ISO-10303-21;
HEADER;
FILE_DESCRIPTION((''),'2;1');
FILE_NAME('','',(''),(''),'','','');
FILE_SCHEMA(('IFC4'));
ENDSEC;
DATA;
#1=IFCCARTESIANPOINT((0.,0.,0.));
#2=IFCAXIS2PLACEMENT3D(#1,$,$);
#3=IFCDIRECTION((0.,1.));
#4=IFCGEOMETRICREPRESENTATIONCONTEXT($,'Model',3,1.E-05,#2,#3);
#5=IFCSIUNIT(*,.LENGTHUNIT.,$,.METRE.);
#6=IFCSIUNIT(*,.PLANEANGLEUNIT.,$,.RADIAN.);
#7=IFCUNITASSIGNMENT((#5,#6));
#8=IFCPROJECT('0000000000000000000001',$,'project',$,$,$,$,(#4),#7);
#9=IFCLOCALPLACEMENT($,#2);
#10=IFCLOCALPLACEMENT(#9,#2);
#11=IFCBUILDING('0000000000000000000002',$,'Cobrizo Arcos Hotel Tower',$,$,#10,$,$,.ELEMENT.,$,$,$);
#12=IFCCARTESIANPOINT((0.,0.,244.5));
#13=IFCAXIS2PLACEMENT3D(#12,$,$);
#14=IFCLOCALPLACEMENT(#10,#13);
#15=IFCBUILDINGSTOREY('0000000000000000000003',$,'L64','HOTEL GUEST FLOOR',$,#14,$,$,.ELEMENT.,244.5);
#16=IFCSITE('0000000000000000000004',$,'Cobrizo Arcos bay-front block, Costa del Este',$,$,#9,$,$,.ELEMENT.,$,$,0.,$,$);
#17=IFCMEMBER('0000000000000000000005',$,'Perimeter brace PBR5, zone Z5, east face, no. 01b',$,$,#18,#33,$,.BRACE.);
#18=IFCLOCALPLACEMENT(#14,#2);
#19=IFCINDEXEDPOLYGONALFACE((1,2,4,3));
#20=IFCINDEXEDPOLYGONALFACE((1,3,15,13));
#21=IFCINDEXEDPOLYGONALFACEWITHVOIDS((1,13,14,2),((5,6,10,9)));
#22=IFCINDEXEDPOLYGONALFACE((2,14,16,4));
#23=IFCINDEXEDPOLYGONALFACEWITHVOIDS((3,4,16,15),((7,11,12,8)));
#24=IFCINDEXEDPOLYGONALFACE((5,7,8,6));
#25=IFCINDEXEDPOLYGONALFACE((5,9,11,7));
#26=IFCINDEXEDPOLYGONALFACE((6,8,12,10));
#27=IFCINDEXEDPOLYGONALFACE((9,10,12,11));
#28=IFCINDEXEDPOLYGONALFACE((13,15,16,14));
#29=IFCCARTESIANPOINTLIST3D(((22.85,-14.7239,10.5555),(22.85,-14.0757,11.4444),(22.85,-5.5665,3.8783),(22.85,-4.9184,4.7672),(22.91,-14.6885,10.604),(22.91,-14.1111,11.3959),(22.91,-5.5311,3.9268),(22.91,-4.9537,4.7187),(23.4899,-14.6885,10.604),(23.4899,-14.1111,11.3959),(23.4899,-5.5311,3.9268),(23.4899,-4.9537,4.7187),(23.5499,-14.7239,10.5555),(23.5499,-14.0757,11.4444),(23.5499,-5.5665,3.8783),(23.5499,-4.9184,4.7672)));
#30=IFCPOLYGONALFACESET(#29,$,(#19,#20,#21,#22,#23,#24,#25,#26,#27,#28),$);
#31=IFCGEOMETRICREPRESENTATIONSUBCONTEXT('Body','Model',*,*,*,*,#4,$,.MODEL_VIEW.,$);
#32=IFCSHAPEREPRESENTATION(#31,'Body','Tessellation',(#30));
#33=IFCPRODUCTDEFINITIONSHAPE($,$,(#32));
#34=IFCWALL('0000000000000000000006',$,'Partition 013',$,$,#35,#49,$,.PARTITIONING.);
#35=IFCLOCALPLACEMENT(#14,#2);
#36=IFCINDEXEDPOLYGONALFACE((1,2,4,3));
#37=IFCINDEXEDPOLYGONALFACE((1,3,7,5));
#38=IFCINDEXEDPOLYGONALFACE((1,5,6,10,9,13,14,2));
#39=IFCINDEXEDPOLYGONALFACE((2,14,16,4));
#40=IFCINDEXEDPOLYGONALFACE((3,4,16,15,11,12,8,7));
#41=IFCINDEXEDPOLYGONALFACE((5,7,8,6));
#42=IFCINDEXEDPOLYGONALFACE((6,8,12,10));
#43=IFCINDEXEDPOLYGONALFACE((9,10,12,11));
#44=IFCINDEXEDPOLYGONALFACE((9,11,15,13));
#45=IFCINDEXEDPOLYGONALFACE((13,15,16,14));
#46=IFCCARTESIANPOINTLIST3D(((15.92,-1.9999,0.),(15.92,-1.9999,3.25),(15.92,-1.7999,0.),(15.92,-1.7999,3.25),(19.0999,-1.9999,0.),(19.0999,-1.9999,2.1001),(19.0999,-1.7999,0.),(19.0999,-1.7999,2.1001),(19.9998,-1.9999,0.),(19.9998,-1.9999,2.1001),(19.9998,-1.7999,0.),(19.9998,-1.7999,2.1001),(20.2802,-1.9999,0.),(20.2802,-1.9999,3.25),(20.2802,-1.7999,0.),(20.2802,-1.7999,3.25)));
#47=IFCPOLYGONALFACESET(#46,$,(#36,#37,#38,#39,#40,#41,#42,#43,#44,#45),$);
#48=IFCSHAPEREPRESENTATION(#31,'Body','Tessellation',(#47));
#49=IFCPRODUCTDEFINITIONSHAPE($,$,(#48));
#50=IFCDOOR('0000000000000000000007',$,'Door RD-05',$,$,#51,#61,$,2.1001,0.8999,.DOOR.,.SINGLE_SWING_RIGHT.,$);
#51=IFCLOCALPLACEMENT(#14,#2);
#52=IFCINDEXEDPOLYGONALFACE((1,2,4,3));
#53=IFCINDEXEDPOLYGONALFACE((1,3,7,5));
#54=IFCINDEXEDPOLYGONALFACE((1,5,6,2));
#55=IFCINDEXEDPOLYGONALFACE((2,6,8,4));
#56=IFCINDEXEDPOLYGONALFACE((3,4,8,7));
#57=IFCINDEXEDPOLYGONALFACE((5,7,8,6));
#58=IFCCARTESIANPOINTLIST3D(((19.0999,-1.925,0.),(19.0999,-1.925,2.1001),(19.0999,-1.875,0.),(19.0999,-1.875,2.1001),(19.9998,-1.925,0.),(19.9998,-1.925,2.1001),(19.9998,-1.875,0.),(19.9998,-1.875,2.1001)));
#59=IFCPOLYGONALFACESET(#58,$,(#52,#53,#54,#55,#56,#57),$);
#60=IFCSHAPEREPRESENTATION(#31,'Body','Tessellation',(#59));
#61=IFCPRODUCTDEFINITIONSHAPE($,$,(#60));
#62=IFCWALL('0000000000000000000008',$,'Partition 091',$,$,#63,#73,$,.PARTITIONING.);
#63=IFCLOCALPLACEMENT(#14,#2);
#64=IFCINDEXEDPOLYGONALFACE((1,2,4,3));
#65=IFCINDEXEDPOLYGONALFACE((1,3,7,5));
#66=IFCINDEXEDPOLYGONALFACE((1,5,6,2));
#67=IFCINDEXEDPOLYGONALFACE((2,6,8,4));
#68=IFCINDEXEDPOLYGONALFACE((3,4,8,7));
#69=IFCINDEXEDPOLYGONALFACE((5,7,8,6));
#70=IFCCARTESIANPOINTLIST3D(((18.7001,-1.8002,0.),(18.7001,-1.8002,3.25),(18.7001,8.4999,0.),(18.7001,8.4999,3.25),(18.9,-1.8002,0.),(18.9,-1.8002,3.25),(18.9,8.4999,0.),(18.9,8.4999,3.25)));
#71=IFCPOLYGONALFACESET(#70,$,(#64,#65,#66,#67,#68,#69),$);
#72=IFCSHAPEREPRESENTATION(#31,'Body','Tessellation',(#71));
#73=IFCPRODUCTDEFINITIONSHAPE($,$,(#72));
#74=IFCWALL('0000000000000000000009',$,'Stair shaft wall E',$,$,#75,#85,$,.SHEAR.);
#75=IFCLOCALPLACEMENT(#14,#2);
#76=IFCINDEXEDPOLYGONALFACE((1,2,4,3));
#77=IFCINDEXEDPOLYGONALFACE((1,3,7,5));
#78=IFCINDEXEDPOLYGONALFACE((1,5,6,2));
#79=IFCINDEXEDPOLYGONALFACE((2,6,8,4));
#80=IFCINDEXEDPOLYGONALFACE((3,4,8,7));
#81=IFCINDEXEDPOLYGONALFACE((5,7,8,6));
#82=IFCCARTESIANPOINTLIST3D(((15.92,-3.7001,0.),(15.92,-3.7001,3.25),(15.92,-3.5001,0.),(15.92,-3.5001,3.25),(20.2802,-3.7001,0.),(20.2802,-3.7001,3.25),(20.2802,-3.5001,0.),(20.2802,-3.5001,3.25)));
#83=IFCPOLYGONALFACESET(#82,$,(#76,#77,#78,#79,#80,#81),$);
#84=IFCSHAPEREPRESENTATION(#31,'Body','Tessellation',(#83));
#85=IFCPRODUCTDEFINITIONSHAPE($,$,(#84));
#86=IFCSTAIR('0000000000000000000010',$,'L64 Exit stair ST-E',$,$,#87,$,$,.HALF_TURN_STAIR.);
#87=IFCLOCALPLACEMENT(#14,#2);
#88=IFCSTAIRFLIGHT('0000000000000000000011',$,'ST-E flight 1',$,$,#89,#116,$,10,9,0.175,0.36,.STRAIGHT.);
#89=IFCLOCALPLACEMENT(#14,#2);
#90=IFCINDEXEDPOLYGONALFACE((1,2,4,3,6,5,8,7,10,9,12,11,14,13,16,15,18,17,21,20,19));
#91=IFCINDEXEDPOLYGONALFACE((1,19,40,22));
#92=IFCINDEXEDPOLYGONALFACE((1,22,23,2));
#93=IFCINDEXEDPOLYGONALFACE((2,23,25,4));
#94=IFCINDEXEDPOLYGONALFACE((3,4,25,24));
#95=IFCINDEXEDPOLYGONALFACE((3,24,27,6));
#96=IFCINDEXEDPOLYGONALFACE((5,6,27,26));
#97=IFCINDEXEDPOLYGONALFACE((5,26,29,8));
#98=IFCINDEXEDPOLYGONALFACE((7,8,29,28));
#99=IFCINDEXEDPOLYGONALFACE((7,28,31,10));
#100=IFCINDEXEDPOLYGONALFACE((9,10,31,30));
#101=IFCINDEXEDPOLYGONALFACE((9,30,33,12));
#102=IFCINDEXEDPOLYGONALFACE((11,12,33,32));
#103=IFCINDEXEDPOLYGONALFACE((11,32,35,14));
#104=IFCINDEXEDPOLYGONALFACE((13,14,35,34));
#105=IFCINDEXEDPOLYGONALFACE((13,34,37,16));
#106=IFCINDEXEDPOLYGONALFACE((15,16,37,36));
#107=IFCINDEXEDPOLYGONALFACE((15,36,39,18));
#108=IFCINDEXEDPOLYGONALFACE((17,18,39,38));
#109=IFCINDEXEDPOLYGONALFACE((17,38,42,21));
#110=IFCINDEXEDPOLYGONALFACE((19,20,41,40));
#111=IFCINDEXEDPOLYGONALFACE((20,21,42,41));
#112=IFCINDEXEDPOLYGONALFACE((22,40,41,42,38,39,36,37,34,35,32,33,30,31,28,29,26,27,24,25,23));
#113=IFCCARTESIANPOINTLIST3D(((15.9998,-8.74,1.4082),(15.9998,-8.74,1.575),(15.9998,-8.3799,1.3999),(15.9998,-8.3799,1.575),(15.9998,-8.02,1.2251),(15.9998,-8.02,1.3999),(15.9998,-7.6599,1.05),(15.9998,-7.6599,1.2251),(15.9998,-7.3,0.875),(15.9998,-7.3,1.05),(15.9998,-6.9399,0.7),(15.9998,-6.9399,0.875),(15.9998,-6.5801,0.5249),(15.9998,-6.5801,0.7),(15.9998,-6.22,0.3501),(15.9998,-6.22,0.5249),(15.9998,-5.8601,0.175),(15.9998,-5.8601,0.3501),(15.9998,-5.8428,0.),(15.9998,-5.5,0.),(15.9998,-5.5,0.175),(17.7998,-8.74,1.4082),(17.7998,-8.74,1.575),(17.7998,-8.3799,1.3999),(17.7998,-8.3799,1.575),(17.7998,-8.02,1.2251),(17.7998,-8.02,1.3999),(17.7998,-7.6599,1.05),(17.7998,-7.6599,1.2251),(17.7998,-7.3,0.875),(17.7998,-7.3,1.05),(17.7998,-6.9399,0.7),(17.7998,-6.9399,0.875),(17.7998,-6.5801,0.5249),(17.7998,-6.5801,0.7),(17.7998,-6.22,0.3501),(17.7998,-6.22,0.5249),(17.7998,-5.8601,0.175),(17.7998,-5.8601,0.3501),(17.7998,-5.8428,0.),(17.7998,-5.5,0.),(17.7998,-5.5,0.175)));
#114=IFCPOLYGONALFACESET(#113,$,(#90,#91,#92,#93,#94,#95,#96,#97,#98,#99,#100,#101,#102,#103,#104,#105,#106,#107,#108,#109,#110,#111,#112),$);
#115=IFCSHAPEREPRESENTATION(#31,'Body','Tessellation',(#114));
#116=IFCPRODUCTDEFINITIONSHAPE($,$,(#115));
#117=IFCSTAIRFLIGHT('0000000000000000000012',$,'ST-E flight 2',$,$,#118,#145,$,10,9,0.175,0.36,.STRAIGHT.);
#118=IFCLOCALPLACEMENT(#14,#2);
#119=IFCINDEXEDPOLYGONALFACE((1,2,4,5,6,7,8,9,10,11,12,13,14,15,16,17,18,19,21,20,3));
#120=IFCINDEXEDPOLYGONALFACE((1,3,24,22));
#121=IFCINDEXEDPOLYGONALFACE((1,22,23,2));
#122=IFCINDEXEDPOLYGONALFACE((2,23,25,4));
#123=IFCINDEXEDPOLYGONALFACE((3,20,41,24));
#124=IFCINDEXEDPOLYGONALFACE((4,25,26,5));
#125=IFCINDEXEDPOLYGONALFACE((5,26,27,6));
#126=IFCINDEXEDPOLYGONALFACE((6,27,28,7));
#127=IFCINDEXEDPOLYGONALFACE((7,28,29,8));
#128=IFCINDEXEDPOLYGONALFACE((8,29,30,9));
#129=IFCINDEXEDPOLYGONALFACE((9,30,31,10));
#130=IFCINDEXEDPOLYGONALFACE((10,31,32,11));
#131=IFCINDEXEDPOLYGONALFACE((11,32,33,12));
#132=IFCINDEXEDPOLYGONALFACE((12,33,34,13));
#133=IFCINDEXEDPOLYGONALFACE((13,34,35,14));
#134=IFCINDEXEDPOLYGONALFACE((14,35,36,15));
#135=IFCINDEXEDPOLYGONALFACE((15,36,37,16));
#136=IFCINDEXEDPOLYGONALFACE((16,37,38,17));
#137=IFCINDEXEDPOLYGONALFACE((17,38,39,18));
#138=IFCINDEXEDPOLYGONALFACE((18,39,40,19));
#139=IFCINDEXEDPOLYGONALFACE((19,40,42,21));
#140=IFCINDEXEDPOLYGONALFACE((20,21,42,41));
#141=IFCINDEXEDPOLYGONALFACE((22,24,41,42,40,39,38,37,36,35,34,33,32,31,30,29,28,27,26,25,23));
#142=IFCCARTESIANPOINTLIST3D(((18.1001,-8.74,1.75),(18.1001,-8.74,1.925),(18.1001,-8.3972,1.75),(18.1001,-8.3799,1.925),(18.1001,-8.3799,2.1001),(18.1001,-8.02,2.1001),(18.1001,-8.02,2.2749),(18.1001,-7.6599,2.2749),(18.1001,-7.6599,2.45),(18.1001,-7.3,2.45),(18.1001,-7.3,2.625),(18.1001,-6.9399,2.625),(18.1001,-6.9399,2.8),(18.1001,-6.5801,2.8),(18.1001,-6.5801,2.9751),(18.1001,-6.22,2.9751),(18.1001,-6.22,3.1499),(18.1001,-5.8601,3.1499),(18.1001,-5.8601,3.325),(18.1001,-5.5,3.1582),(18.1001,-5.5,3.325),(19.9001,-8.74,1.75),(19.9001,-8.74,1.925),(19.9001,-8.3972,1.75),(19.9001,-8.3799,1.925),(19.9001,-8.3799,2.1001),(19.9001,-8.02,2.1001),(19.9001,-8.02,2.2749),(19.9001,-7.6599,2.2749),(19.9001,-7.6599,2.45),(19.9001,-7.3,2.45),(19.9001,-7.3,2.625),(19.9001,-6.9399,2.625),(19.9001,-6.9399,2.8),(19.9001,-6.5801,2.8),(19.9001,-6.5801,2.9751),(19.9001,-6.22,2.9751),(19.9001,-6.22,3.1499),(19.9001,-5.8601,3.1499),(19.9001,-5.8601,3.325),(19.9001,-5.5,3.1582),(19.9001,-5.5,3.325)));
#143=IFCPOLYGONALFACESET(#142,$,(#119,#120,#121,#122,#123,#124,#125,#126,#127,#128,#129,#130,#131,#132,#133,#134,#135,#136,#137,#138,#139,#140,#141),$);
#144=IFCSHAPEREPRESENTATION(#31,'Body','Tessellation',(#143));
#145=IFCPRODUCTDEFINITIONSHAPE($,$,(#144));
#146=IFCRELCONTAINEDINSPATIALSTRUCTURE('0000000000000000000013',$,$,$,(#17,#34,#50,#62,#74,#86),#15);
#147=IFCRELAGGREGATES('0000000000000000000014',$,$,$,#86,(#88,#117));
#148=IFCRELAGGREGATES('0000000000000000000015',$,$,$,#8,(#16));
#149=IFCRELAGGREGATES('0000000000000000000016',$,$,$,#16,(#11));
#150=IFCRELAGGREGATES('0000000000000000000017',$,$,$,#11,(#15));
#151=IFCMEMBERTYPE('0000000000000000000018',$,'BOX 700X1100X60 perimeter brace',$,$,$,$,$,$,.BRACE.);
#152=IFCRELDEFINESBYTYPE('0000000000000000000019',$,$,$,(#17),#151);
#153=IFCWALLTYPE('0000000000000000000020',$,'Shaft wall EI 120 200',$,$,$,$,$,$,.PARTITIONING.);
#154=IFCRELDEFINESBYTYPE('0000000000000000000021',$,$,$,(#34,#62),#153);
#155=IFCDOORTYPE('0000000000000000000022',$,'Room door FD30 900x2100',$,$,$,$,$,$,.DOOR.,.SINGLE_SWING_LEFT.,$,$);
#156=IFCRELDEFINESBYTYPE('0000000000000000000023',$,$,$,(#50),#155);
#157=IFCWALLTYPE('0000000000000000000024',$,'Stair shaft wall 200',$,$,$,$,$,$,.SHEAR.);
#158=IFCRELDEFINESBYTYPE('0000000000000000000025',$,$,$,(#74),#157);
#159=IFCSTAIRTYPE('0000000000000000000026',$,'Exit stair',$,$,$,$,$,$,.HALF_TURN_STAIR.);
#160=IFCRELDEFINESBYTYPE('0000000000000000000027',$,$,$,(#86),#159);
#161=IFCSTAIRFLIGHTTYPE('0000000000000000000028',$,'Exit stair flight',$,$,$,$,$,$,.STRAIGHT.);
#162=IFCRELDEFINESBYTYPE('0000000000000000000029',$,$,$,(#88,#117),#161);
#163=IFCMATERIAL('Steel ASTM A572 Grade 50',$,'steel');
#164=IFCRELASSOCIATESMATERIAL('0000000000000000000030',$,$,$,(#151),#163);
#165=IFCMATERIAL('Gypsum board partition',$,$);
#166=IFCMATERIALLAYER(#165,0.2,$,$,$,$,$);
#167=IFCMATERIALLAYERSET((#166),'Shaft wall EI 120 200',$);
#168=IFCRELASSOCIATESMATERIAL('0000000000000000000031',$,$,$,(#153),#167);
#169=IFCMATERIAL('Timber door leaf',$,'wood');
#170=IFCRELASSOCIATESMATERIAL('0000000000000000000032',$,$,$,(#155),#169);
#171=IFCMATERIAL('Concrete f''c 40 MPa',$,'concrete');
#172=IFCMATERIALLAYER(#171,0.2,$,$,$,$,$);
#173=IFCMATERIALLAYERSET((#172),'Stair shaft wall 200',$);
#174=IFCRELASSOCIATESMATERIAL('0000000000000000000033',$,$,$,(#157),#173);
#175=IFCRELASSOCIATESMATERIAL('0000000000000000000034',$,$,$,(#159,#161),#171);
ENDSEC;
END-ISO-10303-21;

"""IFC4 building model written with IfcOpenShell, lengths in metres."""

from ifc_helpers import new_model, si_unit, direction, frame, frame_2d, origin, origin_2d, place, context, subcontext, project, spatial, polyline, rectangle, hollow_rectangle, outline, extrude, material, layer, layer_set, material_profile, profile_set, type_object, element, fill, aggregate, save


model = new_model("IFC4")

# Units and contexts
model_context = context("Model", 3, precision=1e-05, world=origin(), true_north=direction((0.0, 1.0)))
body_context = subcontext(model_context, "Body", "Model", "MODEL_VIEW")
ifc_project = project(units=[si_unit("LENGTHUNIT", "METRE"), si_unit("PLANEANGLEUNIT", "RADIAN")], contexts=[model_context])

# Site, building, storey
site_placement = place(None, origin())
site = spatial("IfcSite", under=ifc_project, at=site_placement, Name="Cobrizo Arcos bay-front block, Costa del Este", CompositionType="ELEMENT", RefElevation=0.0)
building_placement = place(site_placement, origin())
building = spatial("IfcBuilding", under=site, at=building_placement, Name="Cobrizo Arcos Hotel Tower", CompositionType="ELEMENT")
storey_placement = place(building_placement, frame((0.0, 0.0, 244.5)))
storey = spatial("IfcBuildingStorey", under=building, at=storey_placement, Name="L64", Description="HOTEL GUEST FLOOR", CompositionType="ELEMENT", Elevation=244.5)

# Member
ifc_material_1 = material(Name="Steel ASTM A572 Grade 50", Category="steel")
ifc_material_profile = material_profile(ifc_material_1, hollow_rectangle(XDim=0.7, YDim=1.1001, WallThickness=0.0601, at=origin_2d()), Name="BOX 700X1100X60")
ifc_profile_set = profile_set([ifc_material_profile], Name="Steel ASTM A572 Grade 50")
member_type = type_object("IfcMemberType", Name="BOX 700X1100X60 perimeter brace", PredefinedType="BRACE", material=ifc_profile_set)
member_placement = place(storey_placement, frame((23.2, -5.2424, 4.3228), z_axis=(0.0, -0.808011, 0.589168), x_axis=(1.0, 0.0, 0.0)))
element("IfcMember", 1, at=member_placement, inside=storey, type_object=member_type, Name="Perimeter brace PBR5, zone Z5, east face, no. 01b", PredefinedType="BRACE", context=body_context, shape_type="SweptSolid", body=[
    extrude(hollow_rectangle(XDim=0.7, YDim=1.1001, WallThickness=0.0601, at=origin_2d()), origin(), (0.0, 0.0, 1.0), 11.3333),
])

# Wall, opening, door
ifc_material_2 = material(Name="Gypsum board partition")
ifc_layer_1 = layer(ifc_material_2, 0.2)
ifc_layer_set_1 = layer_set([ifc_layer_1], Name="Shaft wall EI 120 200")
wall_type_1 = type_object("IfcWallType", Name="Shaft wall EI 120 200", PredefinedType="PARTITIONING", material=ifc_layer_set_1)
wall_1_placement = place(storey_placement, frame((15.9199, -1.8999, 0.0), z_axis=(0.0, 0.0, 1.0), x_axis=(1.0, 0.0, 0.0)))
wall_1 = element("IfcWall", 2, at=wall_1_placement, inside=storey, type_object=wall_type_1, Name="Partition 013", PredefinedType="PARTITIONING", context=body_context, shape_type="SweptSolid", body=[
    extrude(rectangle(XDim=4.3601, YDim=0.2, at=frame_2d((2.1802, 0.0))), origin(), (0.0, 0.0, 1.0), 3.25),
])
opening_placement = place(wall_1_placement, frame((3.1799, 0.0, 0.0)))
opening = element("IfcOpeningElement", 3, at=opening_placement, cuts=wall_1, PredefinedType="OPENING", context=body_context, shape_type="SweptSolid", body=[
    extrude(rectangle(XDim=0.8999, YDim=2.1001, at=frame_2d((0.45, 1.05))), frame((0.0, 0.1121, 0.0), z_axis=(0.0, -1.0, 0.0), x_axis=(1.0, 0.0, 0.0)), (0.0, 0.0, 1.0), 0.2239),
])
ifc_material_3 = material(Name="Timber door leaf", Category="wood")
door_type = type_object("IfcDoorType", Name="Room door FD30 900x2100", OperationType="SINGLE_SWING_LEFT", PredefinedType="DOOR", material=ifc_material_3)
door_placement = place(opening_placement, origin())
door = element("IfcDoor", 4, at=door_placement, inside=storey, type_object=door_type, Name="Door RD-05", OperationType="SINGLE_SWING_RIGHT", OverallHeight=2.1001, OverallWidth=0.8999, PredefinedType="DOOR", context=body_context, shape_type="SweptSolid", body=[
    extrude(rectangle(XDim=0.8999, YDim=2.1001, at=frame_2d((0.45, 1.05))), frame((0.0, 0.0249, 0.0), z_axis=(0.0, -1.0, 0.0), x_axis=(1.0, 0.0, 0.0)), (0.0, 0.0, 1.0), 0.05),
])
fill(opening, door)

# Walls
wall_2_placement = place(storey_placement, frame((18.8, -1.8, 0.0), z_axis=(0.0, 0.0, 1.0), x_axis=(0.0, 1.0, 0.0)))
element("IfcWall", 5, at=wall_2_placement, inside=storey, type_object=wall_type_1, Name="Partition 091", PredefinedType="PARTITIONING", context=body_context, shape_type="SweptSolid", body=[
    extrude(rectangle(XDim=10.3, YDim=0.2, at=frame_2d((5.1499, 0.0))), origin(), (0.0, 0.0, 1.0), 3.25),
])
ifc_material_4 = material(Name="Concrete f'c 40 MPa", Category="concrete")
ifc_layer_2 = layer(ifc_material_4, 0.2)
ifc_layer_set_2 = layer_set([ifc_layer_2], Name="Stair shaft wall 200")
wall_type_2 = type_object("IfcWallType", Name="Stair shaft wall 200", PredefinedType="SHEAR", material=ifc_layer_set_2)
wall_3_placement = place(storey_placement, frame((15.9199, -3.6001, 0.0), z_axis=(0.0, 0.0, 1.0), x_axis=(1.0, 0.0, 0.0)))
element("IfcWall", 6, at=wall_3_placement, inside=storey, type_object=wall_type_2, Name="Stair shaft wall E", PredefinedType="SHEAR", context=body_context, shape_type="SweptSolid", body=[
    extrude(rectangle(XDim=4.3601, YDim=0.2, at=frame_2d((2.1802, 0.0))), origin(), (0.0, 0.0, 1.0), 3.25),
])

# Stair, stair flights
stair_type = type_object("IfcStairType", Name="Exit stair", PredefinedType="HALF_TURN_STAIR", material=ifc_material_4)
stair_placement = place(storey_placement, origin())
stair = element("IfcStair", 7, at=stair_placement, inside=storey, type_object=stair_type, Name="L64 Exit stair ST-E", PredefinedType="HALF_TURN_STAIR")
stair_flight_type = type_object("IfcStairFlightType", Name="Exit stair flight", PredefinedType="STRAIGHT", material=ifc_material_4)
stair_flight_1_placement = place(storey_placement, frame((16.8999, -5.5, 0.0), z_axis=(0.0, 0.0, 1.0), x_axis=(0.0, -1.0, 0.0)))
stair_flight_1 = element("IfcStairFlight", 8, at=stair_flight_1_placement, type_object=stair_flight_type, Name="ST-E flight 1", NumberOfRisers=10, NumberOfTreads=9, PredefinedType="STRAIGHT", RiserHeight=0.175, TreadLength=0.36, context=body_context, shape_type="SweptSolid", body=[
    extrude(outline(polyline([(0.0, 0.0), (0.0, 0.175), (0.3601, 0.175), (0.3601, 0.3501), (0.72, 0.3501), (0.72, 0.5249), (1.0801, 0.5249), (1.0801, 0.7), (1.4399, 0.7), (1.4399, 0.875), (1.8, 0.875), (1.8, 1.05), (2.1599, 1.05), (2.1599, 1.2251), (2.52, 1.2251), (2.52, 1.3999), (2.8799, 1.3999), (2.8799, 1.575), (3.24, 1.575), (3.24, 1.75), (3.24, 1.4082), (0.3428, 0.0), (0.0, 0.0)])), frame((0.0, 0.8999, 0.0), z_axis=(0.0, -1.0, 0.0), x_axis=(1.0, 0.0, 0.0)), (0.0, 0.0, 1.0), 1.8),
])
stair_flight_2_placement = place(storey_placement, frame((19.0, -8.74, 1.75), z_axis=(0.0, 0.0, 1.0), x_axis=(0.0, 1.0, 0.0)))
stair_flight_2 = element("IfcStairFlight", 9, at=stair_flight_2_placement, type_object=stair_flight_type, Name="ST-E flight 2", NumberOfRisers=10, NumberOfTreads=9, PredefinedType="STRAIGHT", RiserHeight=0.175, TreadLength=0.36, context=body_context, shape_type="SweptSolid", body=[
    extrude(outline(polyline([(0.0, 0.0), (0.0, 0.175), (0.3601, 0.175), (0.3601, 0.3501), (0.72, 0.3501), (0.72, 0.5249), (1.0801, 0.5249), (1.0801, 0.7), (1.4399, 0.7), (1.4399, 0.875), (1.8, 0.875), (1.8, 1.05), (2.1599, 1.05), (2.1599, 1.2251), (2.52, 1.2251), (2.52, 1.3999), (2.8799, 1.3999), (2.8799, 1.575), (3.24, 1.575), (3.24, 1.75), (3.24, 1.4082), (0.3428, 0.0), (0.0, 0.0)])), frame((0.0, 0.8999, 0.0), z_axis=(0.0, -1.0, 0.0), x_axis=(1.0, 0.0, 0.0)), (0.0, 0.0, 1.0), 1.8),
])
aggregate(stair, [stair_flight_1, stair_flight_2])

save(model, "model.ifc")
